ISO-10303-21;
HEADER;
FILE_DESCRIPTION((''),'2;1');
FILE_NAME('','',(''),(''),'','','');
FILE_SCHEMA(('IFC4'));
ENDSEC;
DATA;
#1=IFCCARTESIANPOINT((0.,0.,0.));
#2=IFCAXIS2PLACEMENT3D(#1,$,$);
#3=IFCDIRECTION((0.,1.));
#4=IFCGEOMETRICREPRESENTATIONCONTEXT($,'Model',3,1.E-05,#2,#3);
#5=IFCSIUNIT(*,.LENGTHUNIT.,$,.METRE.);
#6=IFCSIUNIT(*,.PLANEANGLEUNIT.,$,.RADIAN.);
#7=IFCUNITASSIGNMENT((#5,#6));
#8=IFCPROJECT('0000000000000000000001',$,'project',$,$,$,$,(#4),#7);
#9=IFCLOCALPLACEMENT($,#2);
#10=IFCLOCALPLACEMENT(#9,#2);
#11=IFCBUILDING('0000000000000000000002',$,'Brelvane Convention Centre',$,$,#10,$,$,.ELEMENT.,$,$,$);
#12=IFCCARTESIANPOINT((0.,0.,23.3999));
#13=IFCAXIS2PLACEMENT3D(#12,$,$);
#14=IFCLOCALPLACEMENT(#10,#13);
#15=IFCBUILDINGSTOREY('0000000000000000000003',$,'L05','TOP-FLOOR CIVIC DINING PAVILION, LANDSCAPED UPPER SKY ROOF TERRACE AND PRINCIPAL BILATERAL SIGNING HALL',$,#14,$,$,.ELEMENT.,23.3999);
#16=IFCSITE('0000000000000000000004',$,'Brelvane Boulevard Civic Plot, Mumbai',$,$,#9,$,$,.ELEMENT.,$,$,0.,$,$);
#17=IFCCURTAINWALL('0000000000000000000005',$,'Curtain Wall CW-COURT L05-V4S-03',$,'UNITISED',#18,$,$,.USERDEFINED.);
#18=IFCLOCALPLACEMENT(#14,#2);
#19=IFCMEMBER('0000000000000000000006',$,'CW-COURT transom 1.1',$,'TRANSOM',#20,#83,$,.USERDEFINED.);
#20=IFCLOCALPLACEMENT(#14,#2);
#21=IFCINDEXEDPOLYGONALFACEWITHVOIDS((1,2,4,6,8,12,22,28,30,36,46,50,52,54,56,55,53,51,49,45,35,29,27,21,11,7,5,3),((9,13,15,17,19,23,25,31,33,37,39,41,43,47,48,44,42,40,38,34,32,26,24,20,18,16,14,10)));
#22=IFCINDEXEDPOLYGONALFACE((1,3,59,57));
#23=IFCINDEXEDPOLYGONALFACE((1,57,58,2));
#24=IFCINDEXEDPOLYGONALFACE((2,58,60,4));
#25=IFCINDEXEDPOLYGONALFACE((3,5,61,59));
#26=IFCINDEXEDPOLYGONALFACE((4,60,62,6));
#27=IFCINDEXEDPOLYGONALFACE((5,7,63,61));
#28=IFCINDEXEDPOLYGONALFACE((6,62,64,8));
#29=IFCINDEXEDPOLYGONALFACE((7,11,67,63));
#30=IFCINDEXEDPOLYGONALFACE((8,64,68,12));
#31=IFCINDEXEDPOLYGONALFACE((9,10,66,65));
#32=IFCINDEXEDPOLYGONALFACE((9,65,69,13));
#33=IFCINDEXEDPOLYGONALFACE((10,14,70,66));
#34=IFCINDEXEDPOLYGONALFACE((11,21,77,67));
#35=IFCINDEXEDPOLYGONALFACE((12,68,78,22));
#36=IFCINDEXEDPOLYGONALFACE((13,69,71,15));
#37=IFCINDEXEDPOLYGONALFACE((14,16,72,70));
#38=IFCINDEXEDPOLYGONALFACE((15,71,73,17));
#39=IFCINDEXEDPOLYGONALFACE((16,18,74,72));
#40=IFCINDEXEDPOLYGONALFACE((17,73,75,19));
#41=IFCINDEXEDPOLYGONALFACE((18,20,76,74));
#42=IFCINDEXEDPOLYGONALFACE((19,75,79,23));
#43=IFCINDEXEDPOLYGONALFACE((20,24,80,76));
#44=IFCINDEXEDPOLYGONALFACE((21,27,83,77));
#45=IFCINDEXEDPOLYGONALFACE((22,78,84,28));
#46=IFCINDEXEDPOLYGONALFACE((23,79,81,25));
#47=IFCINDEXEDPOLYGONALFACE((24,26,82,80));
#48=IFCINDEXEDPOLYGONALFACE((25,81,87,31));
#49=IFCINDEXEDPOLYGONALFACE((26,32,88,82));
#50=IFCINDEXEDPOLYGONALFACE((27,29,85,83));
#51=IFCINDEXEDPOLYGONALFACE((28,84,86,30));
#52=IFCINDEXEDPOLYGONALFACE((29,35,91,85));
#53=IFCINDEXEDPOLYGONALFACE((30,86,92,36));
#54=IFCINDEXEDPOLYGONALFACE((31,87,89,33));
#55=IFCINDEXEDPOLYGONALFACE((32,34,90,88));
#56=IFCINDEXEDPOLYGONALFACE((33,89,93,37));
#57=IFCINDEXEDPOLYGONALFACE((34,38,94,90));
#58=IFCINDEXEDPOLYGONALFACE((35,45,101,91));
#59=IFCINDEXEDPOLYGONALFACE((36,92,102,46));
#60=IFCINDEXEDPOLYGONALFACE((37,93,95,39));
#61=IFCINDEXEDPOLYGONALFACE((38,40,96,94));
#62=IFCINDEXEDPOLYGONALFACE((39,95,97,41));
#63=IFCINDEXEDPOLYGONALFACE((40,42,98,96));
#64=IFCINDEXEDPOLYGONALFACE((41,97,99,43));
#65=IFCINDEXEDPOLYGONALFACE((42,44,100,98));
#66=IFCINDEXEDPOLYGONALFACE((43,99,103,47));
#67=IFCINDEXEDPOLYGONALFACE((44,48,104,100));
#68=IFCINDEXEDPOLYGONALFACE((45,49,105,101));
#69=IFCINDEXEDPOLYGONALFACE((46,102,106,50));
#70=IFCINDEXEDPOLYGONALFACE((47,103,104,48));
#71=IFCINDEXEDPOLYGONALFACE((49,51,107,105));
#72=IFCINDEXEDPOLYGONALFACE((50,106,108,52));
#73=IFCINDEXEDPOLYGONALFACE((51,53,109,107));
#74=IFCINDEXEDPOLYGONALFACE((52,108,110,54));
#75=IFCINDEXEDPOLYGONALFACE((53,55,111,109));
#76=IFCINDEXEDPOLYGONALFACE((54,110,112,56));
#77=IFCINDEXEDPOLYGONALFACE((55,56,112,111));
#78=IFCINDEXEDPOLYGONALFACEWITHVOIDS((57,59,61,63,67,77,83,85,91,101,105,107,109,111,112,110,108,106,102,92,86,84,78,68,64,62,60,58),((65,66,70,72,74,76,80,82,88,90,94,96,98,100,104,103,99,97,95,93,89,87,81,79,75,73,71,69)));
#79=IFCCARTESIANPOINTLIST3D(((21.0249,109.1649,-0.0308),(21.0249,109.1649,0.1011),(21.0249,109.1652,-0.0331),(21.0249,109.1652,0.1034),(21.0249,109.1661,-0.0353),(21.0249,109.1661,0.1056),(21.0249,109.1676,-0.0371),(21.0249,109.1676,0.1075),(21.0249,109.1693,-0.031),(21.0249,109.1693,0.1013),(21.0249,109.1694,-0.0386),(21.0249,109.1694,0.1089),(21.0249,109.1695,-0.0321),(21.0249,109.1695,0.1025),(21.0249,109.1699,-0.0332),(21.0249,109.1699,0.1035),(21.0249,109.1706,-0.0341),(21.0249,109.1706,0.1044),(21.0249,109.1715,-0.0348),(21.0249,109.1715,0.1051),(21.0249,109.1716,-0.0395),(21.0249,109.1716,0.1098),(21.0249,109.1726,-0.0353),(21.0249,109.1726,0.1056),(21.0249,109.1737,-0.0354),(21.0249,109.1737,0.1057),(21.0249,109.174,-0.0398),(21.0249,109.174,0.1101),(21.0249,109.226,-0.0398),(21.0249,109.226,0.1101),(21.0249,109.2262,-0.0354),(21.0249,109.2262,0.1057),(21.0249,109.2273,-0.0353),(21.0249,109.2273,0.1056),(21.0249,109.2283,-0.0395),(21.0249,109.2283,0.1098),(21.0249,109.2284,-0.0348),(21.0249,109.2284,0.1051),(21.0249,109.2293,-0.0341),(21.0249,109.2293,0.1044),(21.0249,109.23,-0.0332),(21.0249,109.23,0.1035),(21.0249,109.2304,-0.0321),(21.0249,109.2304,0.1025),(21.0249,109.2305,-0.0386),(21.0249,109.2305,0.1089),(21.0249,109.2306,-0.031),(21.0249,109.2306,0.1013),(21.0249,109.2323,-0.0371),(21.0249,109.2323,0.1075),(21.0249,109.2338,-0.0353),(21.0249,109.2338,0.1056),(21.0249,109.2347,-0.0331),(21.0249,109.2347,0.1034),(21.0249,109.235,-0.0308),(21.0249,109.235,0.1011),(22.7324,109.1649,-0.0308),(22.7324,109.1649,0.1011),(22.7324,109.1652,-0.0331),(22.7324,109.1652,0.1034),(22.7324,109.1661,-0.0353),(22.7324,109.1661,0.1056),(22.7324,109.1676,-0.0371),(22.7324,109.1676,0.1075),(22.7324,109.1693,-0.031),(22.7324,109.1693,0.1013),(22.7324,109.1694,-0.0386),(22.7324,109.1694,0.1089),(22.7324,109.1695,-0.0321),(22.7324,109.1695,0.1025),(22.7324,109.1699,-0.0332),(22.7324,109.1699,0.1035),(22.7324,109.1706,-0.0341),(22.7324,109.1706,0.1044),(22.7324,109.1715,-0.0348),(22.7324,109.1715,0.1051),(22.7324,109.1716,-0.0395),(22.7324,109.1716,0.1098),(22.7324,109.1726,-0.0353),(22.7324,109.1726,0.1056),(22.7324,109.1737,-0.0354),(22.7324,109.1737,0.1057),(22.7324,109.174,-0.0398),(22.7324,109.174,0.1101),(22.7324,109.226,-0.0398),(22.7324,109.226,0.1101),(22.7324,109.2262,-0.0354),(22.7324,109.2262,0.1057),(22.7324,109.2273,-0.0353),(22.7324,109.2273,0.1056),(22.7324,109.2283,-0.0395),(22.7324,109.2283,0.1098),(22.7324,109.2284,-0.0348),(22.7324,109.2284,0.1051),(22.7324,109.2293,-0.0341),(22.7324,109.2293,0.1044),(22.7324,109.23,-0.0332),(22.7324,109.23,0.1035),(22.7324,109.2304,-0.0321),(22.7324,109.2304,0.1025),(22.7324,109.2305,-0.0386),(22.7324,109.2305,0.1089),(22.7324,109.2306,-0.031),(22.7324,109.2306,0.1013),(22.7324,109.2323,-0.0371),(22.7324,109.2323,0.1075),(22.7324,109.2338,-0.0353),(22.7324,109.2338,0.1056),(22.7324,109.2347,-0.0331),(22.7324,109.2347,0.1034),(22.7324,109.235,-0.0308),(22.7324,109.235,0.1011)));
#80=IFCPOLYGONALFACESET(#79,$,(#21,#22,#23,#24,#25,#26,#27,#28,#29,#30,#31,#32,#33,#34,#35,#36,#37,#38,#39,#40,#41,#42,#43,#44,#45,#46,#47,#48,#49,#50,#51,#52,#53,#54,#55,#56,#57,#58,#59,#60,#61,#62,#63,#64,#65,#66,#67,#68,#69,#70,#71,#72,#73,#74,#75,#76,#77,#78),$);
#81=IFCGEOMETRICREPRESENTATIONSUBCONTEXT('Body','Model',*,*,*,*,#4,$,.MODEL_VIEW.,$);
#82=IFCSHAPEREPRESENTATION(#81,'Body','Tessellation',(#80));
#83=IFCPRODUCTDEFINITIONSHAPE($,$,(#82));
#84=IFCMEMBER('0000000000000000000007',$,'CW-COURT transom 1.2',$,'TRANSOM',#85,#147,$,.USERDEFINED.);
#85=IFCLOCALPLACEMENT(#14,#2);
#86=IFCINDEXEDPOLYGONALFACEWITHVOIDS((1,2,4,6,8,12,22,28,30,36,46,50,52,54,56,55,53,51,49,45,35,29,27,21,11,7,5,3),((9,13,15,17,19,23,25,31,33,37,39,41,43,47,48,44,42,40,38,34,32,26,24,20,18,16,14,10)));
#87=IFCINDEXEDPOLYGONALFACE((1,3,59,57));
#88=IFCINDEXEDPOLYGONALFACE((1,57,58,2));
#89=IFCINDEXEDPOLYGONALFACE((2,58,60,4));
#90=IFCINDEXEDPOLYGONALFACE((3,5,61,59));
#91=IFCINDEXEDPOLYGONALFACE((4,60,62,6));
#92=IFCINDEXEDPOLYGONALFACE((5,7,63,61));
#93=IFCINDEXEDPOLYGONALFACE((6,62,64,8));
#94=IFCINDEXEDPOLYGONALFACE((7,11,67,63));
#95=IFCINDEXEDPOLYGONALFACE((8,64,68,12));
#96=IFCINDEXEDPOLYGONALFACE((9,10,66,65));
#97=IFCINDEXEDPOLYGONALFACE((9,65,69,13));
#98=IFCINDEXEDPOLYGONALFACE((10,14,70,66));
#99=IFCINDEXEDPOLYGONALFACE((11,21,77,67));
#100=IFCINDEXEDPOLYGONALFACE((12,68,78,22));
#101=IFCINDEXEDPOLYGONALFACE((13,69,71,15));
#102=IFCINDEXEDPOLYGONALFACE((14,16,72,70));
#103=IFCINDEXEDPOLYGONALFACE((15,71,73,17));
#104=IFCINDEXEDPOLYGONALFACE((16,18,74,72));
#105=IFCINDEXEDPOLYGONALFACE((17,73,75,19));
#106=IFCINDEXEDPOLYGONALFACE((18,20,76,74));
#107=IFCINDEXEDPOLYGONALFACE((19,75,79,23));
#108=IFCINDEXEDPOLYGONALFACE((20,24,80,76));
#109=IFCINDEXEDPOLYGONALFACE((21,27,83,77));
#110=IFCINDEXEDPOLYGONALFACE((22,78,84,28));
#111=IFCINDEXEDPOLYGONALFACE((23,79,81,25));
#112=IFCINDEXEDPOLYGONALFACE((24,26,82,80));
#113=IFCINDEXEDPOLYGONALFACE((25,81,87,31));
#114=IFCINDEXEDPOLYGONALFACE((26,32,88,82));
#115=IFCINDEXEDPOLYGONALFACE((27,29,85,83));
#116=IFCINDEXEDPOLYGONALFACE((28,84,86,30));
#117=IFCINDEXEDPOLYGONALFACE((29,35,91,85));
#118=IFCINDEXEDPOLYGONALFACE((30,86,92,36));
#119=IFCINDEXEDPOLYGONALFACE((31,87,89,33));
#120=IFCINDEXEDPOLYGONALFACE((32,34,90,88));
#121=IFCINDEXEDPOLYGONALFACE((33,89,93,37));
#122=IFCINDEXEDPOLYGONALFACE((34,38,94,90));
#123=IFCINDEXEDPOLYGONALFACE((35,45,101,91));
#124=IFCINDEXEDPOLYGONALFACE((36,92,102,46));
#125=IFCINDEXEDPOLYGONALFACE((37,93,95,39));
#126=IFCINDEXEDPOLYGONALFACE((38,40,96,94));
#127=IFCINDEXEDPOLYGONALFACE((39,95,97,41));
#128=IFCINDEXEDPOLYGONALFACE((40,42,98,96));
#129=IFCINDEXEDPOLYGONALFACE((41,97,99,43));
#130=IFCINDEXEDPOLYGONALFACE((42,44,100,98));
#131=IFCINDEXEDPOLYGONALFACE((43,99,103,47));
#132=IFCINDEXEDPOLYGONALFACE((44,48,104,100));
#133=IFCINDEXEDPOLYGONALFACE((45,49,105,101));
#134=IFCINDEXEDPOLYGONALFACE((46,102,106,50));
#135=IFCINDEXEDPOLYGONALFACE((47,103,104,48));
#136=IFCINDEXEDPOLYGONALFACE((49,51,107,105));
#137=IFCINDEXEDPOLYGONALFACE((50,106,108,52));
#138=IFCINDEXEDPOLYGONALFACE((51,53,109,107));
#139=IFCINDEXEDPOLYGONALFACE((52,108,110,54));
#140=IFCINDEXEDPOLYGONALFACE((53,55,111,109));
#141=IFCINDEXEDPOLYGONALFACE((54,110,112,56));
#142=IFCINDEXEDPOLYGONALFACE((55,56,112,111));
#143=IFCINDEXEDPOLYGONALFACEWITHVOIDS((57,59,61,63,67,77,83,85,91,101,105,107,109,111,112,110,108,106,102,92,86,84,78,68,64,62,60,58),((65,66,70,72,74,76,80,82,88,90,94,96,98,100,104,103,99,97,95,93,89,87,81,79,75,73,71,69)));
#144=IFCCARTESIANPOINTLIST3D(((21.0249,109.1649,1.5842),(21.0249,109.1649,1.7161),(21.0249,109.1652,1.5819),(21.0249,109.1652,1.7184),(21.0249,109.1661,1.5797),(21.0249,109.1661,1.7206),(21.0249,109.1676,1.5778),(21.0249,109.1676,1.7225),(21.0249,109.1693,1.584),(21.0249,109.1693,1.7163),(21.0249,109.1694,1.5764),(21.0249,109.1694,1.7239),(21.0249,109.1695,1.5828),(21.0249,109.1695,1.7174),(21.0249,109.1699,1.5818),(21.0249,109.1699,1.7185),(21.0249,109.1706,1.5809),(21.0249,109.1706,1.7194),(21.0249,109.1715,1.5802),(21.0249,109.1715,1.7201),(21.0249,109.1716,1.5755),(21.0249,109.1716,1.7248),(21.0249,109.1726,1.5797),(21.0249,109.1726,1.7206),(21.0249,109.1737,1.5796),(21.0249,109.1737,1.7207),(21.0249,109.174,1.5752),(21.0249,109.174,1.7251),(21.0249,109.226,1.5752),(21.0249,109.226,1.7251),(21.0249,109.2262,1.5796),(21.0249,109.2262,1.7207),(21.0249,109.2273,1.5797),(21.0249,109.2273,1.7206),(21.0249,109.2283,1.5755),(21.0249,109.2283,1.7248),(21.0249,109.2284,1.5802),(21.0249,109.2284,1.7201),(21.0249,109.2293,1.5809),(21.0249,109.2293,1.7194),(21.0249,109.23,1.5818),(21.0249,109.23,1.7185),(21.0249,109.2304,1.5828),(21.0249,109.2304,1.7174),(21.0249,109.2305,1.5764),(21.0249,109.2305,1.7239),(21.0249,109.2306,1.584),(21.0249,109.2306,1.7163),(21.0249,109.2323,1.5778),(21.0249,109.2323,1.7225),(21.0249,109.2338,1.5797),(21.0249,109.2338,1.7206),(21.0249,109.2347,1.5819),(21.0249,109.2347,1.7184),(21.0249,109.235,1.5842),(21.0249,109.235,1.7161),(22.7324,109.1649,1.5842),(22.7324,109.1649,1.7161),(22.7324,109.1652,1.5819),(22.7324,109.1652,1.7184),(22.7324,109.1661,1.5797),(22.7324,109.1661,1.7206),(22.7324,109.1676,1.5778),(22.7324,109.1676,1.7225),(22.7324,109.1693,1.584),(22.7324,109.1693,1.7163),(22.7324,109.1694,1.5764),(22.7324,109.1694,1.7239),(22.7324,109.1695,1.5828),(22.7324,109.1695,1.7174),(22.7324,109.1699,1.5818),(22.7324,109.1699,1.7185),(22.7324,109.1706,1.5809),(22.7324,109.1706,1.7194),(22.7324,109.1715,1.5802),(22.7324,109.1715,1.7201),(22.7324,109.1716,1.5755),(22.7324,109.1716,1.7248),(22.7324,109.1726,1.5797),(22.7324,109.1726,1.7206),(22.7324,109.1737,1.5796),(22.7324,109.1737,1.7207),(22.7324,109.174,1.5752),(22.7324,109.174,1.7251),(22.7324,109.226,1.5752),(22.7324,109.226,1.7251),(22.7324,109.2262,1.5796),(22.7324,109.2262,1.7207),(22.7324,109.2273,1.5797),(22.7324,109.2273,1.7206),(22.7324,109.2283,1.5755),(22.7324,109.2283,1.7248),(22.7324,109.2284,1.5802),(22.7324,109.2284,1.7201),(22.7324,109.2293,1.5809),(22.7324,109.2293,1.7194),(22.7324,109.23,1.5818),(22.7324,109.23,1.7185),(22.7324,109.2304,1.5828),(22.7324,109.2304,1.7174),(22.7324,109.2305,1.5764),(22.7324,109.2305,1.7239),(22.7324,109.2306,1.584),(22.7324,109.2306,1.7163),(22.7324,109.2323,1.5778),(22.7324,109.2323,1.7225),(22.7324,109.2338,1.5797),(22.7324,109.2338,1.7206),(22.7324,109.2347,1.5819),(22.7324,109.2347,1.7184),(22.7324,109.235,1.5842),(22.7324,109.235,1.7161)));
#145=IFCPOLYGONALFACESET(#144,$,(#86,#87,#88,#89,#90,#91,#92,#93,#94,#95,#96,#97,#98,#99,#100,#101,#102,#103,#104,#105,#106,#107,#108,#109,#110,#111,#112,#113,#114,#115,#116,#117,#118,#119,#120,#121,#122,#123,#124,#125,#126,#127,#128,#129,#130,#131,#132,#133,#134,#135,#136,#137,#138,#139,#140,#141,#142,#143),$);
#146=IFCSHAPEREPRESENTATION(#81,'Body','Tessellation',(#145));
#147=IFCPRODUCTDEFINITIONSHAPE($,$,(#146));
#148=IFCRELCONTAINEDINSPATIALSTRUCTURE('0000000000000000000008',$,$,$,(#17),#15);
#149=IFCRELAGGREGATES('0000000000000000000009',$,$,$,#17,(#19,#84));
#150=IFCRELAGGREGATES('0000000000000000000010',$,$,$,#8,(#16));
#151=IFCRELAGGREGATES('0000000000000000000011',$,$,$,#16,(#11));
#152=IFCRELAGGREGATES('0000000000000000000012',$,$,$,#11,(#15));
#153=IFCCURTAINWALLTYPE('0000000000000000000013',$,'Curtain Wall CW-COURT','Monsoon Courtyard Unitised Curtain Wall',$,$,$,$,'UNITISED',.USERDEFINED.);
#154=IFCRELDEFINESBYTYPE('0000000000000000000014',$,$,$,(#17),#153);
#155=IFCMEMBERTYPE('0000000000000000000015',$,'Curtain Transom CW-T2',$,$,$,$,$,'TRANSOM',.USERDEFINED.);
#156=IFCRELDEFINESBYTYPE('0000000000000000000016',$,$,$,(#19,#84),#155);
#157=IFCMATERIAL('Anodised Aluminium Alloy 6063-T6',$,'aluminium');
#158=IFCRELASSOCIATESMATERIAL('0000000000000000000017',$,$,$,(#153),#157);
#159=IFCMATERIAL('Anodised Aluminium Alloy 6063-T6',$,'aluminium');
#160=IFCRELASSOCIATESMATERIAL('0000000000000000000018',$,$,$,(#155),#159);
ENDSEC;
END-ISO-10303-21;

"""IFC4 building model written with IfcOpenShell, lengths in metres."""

from ifc_helpers import new_model, si_unit, direction, frame, origin, origin_2d, place, context, subcontext, project, spatial, hollow_rectangle, extrude, material, material_profile, profile_set, type_object, element, aggregate, save


model = new_model("IFC4")

# Units and contexts
model_context = context("Model", 3, precision=1e-05, world=origin(), true_north=direction((0.0, 1.0)))
body_context = subcontext(model_context, "Body", "Model", "MODEL_VIEW")
ifc_project = project(units=[si_unit("LENGTHUNIT", "METRE"), si_unit("PLANEANGLEUNIT", "RADIAN")], contexts=[model_context])

# Site, building, storey
site_placement = place(None, origin())
site = spatial("IfcSite", under=ifc_project, at=site_placement, Name="Brelvane Boulevard Civic Plot, Mumbai", CompositionType="ELEMENT", RefElevation=0.0)
building_placement = place(site_placement, origin())
building = spatial("IfcBuilding", under=site, at=building_placement, Name="Brelvane Convention Centre", CompositionType="ELEMENT")
storey_placement = place(building_placement, frame((0.0, 0.0, 23.3999)))
storey = spatial("IfcBuildingStorey", under=building, at=storey_placement, Name="L05", Description="TOP-FLOOR CIVIC DINING PAVILION, LANDSCAPED UPPER SKY ROOF TERRACE AND PRINCIPAL BILATERAL SIGNING HALL", CompositionType="ELEMENT", Elevation=23.3999)

# Curtain wall, members
ifc_material_1 = material(Name="Anodised Aluminium Alloy 6063-T6", Category="aluminium")
curtain_wall_type = type_object("IfcCurtainWallType", Name="Curtain Wall CW-COURT", Description="Monsoon Courtyard Unitised Curtain Wall", ElementType="UNITISED", PredefinedType="USERDEFINED", material=ifc_material_1)
curtain_wall_placement = place(storey_placement, origin())
curtain_wall = element("IfcCurtainWall", 1, at=curtain_wall_placement, inside=storey, type_object=curtain_wall_type, Name="Curtain Wall CW-COURT L05-V4S-03", ObjectType="UNITISED", PredefinedType="USERDEFINED")
ifc_material_2 = material(Name="Anodised Aluminium Alloy 6063-T6", Category="aluminium")
ifc_material_profile_1 = material_profile(ifc_material_2, hollow_rectangle(XDim=0.0701, YDim=0.1499, WallThickness=0.0044, InnerFilletRadius=0.0044, OuterFilletRadius=0.009, at=origin_2d()), Name="ALU-T 150x70x4.5")
ifc_profile_set_1 = profile_set([ifc_material_profile_1], Name="Anodised Aluminium Alloy 6063-T6")
member_type = type_object("IfcMemberType", Name="Curtain Transom CW-T2", ElementType="TRANSOM", PredefinedType="USERDEFINED", material=ifc_profile_set_1)
member_1_placement = place(storey_placement, frame((21.0249, 109.2, 0.0352), z_axis=(1.0, 0.0, 0.0), x_axis=(0.0, 1.0, 0.0)))
member_1 = element("IfcMember", 2, at=member_1_placement, type_object=member_type, Name="CW-COURT transom 1.1", ObjectType="TRANSOM", PredefinedType="USERDEFINED", context=body_context, shape_type="SweptSolid", body=[
    extrude(hollow_rectangle(XDim=0.0701, YDim=0.1499, WallThickness=0.0044, InnerFilletRadius=0.0044, OuterFilletRadius=0.009, at=origin_2d()), origin(), (0.0, 0.0, 1.0), 1.7075),
])
member_2_placement = place(storey_placement, frame((21.0249, 109.2, 1.6501), z_axis=(1.0, 0.0, 0.0), x_axis=(0.0, 1.0, 0.0)))
member_2 = element("IfcMember", 3, at=member_2_placement, type_object=member_type, Name="CW-COURT transom 1.2", ObjectType="TRANSOM", PredefinedType="USERDEFINED", context=body_context, shape_type="SweptSolid", body=[
    extrude(hollow_rectangle(XDim=0.0701, YDim=0.1499, WallThickness=0.0044, InnerFilletRadius=0.0044, OuterFilletRadius=0.009, at=origin_2d()), origin(), (0.0, 0.0, 1.0), 1.7075),
])

aggregate(curtain_wall, [member_1, member_2])

save(model, "model.ifc")
